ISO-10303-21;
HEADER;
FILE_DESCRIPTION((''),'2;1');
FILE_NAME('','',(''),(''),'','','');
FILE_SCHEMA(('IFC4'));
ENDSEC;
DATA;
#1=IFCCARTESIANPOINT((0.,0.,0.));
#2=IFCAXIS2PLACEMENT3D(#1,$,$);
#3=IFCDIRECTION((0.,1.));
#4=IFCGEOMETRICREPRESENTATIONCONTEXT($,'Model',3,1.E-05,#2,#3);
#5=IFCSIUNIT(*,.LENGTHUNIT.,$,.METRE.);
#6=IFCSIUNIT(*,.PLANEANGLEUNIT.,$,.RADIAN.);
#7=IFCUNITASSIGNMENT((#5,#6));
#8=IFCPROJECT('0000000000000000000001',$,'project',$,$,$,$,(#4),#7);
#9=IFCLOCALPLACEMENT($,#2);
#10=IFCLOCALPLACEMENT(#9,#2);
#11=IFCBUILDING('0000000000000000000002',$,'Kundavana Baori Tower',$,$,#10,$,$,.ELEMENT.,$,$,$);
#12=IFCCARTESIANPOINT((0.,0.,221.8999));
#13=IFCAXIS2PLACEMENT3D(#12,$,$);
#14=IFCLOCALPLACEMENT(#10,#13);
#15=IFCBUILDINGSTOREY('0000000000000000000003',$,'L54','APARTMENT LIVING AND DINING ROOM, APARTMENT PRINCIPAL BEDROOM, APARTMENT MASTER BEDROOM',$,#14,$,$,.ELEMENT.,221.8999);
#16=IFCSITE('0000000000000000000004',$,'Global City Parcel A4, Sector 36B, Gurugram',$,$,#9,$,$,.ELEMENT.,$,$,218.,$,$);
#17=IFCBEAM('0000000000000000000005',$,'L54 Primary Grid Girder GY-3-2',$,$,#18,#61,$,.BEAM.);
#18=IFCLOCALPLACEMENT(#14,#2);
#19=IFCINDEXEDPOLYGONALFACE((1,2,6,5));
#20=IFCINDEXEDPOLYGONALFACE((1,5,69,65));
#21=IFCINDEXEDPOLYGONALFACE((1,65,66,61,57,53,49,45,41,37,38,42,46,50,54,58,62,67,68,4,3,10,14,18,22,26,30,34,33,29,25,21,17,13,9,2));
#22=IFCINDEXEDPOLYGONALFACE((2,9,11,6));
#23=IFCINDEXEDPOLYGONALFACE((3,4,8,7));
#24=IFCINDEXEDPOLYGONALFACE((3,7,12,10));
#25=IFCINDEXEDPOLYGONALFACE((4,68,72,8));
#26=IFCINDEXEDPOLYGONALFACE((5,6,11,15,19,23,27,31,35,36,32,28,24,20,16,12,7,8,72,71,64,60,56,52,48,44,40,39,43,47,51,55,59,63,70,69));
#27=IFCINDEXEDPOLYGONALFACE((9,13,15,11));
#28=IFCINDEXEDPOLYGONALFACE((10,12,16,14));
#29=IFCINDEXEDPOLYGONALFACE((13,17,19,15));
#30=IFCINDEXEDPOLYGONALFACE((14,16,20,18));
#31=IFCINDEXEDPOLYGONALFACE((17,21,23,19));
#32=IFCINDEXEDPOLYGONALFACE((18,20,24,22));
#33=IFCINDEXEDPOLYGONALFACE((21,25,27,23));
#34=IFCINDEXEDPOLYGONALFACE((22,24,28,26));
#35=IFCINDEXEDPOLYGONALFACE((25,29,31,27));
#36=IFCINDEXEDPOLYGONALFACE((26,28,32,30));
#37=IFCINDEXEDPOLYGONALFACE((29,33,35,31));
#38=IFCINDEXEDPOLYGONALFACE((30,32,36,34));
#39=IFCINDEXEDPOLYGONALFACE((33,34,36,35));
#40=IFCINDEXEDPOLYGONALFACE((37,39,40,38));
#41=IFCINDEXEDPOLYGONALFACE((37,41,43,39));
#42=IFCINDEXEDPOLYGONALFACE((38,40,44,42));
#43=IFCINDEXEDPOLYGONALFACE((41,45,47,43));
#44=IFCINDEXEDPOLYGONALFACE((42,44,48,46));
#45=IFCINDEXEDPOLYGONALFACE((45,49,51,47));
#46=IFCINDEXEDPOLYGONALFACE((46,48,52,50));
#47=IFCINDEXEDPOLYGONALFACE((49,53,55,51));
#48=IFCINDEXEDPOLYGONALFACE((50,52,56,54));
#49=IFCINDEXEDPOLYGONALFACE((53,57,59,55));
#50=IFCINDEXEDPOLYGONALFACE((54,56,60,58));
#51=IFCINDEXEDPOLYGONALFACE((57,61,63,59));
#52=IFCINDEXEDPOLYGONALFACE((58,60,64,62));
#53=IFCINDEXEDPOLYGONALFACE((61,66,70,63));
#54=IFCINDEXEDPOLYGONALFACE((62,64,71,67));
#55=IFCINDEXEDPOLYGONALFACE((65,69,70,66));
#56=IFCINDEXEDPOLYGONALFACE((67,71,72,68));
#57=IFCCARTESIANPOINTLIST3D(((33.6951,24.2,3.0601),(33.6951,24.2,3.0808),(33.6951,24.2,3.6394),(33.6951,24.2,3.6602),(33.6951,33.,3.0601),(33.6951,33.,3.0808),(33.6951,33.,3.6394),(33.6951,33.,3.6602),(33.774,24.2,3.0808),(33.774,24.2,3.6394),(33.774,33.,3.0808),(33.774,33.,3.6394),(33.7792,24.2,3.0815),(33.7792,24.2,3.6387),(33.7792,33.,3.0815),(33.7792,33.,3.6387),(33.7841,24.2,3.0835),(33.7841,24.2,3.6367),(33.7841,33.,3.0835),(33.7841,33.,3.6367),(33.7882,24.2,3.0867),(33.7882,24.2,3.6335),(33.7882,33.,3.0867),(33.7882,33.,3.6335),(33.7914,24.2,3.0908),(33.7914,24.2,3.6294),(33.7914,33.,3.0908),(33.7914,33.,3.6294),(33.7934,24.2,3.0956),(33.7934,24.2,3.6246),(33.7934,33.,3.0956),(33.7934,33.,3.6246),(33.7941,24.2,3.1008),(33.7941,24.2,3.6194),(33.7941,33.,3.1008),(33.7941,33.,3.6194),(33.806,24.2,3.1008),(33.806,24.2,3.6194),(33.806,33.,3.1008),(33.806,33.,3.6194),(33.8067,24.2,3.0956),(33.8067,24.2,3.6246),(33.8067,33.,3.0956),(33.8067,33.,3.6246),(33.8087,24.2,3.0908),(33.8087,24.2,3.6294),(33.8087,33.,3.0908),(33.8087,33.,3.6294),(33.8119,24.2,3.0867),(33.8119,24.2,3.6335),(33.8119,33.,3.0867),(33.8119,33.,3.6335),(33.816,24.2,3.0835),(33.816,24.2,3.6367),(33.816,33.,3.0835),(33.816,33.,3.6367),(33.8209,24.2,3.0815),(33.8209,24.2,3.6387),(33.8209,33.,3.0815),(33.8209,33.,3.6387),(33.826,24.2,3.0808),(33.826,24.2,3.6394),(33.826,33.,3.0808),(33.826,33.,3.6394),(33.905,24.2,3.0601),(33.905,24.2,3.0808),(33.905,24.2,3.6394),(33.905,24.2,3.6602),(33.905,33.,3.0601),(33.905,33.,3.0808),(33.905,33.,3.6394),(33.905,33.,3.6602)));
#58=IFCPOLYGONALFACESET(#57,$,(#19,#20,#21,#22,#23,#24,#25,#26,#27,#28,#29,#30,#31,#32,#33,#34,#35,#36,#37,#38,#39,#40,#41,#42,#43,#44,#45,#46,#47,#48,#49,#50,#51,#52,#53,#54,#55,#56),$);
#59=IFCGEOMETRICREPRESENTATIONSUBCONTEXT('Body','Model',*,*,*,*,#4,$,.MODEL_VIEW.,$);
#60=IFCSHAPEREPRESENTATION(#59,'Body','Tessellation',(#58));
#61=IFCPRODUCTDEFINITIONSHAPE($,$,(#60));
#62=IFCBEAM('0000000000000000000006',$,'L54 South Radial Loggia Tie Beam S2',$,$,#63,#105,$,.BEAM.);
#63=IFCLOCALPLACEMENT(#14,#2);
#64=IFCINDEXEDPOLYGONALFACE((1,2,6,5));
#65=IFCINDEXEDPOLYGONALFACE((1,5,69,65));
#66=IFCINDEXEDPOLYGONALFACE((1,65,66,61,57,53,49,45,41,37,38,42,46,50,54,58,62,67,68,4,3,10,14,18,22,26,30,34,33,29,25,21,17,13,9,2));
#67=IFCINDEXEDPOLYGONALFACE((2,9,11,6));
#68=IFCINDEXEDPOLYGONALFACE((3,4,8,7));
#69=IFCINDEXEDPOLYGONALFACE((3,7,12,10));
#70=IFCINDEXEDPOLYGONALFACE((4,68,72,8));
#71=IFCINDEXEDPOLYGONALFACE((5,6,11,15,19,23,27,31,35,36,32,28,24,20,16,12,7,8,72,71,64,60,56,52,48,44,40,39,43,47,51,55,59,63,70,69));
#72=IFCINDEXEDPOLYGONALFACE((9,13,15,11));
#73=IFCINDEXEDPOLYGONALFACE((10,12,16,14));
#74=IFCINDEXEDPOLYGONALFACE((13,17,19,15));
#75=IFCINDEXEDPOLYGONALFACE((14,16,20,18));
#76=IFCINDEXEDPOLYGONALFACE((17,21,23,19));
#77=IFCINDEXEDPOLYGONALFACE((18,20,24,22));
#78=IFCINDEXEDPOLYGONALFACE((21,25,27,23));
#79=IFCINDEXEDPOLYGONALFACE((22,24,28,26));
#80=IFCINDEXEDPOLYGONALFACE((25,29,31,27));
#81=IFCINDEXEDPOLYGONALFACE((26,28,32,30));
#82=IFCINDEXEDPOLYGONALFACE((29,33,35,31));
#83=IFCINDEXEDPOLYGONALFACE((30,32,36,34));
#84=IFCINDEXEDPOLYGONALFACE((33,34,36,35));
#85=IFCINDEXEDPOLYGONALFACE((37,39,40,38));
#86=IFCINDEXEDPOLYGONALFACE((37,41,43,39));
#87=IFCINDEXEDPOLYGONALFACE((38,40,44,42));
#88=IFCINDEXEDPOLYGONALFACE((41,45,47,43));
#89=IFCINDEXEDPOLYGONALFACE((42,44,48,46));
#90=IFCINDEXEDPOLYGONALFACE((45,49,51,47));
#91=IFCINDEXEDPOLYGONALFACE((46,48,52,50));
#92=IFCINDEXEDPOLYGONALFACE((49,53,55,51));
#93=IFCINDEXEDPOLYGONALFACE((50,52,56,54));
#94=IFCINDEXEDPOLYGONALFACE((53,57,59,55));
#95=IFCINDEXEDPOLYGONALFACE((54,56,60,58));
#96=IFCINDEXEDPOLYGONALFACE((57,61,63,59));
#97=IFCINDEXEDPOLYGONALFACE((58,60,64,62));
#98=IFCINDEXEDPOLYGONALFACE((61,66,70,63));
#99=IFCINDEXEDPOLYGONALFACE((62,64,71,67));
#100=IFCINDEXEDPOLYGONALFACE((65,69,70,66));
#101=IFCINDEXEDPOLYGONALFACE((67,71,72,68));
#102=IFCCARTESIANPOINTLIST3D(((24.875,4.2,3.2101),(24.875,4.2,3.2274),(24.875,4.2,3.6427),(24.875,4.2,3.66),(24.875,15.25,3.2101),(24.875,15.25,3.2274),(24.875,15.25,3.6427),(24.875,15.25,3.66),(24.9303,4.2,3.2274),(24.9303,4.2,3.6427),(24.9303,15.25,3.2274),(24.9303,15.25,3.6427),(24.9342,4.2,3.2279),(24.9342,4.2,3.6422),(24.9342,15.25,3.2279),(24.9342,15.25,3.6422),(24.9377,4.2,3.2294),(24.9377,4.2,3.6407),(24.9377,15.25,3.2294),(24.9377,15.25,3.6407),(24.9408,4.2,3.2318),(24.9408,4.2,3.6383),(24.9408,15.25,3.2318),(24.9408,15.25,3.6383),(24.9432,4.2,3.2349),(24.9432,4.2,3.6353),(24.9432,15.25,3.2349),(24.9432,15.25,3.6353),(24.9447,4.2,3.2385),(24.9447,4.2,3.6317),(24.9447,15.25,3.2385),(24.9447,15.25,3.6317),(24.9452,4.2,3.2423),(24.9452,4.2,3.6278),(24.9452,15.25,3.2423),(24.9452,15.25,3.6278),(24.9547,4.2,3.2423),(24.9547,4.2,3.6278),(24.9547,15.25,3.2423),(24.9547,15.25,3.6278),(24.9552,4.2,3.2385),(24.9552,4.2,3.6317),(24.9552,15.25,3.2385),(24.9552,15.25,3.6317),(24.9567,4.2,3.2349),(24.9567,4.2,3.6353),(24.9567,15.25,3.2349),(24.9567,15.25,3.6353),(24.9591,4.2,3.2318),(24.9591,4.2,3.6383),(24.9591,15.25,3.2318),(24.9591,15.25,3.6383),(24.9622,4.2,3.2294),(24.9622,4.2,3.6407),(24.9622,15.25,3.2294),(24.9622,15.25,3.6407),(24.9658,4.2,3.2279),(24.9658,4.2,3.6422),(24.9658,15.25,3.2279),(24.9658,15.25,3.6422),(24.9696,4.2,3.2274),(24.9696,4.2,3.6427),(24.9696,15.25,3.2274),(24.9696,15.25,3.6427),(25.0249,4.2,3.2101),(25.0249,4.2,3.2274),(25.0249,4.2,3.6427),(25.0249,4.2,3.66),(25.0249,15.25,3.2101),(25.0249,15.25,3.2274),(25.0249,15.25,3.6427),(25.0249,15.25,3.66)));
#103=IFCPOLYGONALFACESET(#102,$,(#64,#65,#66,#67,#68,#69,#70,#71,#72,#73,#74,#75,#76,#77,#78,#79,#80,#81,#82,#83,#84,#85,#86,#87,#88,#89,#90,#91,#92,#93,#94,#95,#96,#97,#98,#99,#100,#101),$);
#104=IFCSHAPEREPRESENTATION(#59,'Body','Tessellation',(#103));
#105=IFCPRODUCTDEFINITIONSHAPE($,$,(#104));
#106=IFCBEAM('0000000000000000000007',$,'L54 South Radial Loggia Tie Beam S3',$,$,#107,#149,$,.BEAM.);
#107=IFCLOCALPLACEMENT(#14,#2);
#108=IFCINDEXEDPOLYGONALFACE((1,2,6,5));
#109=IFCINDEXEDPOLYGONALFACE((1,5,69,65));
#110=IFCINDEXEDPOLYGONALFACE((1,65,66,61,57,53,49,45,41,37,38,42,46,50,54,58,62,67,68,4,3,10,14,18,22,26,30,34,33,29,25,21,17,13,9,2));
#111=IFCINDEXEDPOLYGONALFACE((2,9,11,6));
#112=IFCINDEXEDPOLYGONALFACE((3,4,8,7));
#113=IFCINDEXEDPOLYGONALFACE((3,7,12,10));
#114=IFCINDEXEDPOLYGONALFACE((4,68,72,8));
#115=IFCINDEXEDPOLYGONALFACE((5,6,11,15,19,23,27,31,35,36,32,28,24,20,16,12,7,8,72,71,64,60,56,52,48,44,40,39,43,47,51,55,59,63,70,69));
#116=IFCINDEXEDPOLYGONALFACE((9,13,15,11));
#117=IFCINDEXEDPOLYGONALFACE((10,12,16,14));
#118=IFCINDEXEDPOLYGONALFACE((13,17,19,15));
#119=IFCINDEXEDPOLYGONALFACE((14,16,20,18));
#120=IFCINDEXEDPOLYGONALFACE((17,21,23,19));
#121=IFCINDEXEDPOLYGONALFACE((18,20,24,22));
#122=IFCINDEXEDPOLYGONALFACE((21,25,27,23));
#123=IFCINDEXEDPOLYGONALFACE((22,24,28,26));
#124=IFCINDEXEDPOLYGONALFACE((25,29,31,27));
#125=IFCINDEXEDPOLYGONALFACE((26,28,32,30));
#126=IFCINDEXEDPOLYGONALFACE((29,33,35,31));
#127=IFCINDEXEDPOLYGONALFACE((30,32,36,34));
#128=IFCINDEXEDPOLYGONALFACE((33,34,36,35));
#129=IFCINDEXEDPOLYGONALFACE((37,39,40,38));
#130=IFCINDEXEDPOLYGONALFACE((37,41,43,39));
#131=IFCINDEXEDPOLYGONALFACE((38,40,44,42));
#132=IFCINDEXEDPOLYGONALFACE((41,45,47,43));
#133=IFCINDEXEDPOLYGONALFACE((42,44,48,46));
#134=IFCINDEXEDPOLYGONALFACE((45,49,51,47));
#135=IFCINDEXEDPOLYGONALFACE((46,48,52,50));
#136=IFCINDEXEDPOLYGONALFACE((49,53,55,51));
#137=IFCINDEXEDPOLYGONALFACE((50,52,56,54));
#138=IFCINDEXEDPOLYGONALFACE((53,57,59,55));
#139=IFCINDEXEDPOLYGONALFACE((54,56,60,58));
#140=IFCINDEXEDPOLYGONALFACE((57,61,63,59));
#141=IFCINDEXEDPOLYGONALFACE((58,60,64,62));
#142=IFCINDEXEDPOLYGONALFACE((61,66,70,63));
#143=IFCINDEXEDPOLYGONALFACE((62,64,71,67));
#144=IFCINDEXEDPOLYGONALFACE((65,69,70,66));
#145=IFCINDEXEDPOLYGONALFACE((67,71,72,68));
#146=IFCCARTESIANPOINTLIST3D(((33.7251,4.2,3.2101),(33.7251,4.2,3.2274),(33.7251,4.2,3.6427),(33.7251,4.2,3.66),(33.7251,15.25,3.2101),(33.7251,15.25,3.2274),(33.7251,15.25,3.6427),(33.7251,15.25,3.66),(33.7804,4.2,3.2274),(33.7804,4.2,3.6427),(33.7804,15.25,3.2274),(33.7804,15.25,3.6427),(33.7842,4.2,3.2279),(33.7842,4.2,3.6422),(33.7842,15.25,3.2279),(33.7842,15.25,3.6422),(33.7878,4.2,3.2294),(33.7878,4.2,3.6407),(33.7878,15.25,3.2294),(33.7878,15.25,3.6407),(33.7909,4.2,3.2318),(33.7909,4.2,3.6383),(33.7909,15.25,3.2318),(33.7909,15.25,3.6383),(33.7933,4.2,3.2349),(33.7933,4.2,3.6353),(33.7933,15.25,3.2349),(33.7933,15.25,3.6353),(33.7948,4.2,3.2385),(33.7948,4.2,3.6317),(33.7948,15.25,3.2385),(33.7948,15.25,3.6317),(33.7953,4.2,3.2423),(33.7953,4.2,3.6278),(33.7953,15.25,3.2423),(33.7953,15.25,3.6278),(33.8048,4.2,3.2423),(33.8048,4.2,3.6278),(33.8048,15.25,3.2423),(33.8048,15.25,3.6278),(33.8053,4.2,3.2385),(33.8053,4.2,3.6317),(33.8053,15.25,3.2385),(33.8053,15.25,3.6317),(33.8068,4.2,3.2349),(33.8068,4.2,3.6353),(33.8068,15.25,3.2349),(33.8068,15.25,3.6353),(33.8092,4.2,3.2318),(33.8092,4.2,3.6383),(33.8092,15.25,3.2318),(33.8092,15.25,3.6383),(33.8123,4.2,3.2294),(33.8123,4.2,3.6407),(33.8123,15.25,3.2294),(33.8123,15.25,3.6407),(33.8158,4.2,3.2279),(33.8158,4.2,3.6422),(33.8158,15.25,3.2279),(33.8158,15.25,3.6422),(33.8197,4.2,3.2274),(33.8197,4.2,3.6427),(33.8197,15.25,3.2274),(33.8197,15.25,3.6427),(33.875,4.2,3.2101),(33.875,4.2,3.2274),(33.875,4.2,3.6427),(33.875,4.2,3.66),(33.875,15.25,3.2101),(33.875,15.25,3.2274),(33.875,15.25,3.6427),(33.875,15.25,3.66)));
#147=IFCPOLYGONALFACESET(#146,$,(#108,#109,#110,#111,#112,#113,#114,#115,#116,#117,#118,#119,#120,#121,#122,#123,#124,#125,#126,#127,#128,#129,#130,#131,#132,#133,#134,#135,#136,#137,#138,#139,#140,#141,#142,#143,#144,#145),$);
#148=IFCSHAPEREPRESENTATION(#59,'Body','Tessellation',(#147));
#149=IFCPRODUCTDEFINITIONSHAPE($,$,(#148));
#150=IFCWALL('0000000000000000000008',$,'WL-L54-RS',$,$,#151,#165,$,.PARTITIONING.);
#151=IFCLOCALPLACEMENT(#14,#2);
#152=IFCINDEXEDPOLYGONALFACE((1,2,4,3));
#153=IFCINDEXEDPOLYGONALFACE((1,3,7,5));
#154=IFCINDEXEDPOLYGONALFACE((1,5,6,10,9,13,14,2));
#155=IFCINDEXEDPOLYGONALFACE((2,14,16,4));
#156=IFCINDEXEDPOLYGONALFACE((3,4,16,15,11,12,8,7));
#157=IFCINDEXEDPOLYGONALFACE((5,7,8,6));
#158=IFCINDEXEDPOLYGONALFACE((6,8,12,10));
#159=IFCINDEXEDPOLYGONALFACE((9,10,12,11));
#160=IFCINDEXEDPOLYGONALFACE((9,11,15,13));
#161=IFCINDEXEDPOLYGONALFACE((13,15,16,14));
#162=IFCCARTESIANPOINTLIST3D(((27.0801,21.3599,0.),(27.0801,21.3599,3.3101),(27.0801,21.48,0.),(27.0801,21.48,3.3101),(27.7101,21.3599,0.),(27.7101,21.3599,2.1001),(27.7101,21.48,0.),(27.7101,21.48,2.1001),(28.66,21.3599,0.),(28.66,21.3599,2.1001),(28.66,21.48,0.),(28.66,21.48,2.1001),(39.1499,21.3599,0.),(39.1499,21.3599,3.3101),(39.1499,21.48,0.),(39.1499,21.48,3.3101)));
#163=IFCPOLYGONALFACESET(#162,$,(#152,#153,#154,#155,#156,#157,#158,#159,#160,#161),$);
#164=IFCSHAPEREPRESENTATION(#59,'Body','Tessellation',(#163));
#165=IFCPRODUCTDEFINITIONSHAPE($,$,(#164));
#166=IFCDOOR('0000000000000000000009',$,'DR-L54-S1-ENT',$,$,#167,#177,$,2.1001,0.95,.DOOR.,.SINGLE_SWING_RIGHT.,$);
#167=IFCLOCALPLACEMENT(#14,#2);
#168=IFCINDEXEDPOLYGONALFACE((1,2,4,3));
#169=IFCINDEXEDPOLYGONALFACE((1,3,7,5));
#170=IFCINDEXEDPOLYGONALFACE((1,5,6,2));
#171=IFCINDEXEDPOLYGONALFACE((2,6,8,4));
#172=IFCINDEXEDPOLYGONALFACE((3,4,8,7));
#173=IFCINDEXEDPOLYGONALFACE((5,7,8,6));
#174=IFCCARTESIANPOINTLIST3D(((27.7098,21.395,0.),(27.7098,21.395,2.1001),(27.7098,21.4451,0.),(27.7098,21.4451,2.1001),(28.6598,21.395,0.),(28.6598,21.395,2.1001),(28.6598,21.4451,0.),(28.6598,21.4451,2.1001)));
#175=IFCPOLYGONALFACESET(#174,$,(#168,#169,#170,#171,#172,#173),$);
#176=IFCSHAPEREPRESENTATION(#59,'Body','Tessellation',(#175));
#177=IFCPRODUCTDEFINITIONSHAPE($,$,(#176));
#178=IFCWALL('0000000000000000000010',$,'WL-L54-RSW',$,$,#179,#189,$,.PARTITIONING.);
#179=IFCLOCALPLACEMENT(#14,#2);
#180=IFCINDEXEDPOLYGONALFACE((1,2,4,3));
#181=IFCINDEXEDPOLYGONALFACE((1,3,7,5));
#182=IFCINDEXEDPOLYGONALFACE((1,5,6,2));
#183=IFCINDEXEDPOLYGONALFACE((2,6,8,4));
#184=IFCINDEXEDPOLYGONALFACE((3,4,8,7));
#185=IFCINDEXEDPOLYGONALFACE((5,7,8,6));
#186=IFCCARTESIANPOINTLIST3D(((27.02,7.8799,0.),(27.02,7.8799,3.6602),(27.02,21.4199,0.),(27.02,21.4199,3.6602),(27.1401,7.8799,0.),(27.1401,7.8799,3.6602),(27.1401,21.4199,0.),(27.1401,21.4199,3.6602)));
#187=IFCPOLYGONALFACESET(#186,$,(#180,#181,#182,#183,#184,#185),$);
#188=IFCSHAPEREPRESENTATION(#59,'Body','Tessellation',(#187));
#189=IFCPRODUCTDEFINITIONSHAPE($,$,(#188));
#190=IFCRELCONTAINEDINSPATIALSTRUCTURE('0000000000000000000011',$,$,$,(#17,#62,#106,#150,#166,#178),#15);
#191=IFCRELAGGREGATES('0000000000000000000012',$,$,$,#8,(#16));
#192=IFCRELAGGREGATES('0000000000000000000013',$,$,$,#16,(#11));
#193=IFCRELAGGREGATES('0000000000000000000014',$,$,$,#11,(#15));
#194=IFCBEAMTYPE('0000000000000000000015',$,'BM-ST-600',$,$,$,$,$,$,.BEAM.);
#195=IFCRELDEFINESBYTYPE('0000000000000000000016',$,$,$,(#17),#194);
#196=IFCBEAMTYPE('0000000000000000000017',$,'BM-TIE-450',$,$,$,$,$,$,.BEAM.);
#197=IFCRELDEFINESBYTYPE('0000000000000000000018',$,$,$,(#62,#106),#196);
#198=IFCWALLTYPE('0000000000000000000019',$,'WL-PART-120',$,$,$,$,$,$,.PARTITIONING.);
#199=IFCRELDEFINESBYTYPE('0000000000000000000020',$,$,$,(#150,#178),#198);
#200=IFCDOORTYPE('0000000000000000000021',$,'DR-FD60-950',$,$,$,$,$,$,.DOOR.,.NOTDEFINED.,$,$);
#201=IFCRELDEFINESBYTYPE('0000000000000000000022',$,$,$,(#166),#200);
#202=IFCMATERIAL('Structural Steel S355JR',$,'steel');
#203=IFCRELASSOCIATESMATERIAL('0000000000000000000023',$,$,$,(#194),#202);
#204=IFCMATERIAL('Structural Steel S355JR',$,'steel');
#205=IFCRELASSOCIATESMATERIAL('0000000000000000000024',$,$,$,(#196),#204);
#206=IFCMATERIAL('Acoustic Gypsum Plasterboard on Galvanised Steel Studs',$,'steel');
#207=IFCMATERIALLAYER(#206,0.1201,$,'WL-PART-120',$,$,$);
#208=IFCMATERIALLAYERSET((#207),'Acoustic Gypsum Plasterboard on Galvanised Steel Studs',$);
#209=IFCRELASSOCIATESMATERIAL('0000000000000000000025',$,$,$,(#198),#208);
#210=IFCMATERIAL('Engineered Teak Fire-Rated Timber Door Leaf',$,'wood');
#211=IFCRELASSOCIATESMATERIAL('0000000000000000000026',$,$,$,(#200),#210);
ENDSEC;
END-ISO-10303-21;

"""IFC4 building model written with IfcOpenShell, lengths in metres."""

from ifc_helpers import new_model, si_unit, direction, frame, frame_2d, origin, origin_2d, place, context, subcontext, project, spatial, rectangle, i_section, extrude, material, layer, layer_set, material_profile, profile_set, type_object, element, fill, save


model = new_model("IFC4")

# Units and contexts
model_context = context("Model", 3, precision=1e-05, world=origin(), true_north=direction((0.0, 1.0)))
body_context = subcontext(model_context, "Body", "Model", "MODEL_VIEW")
ifc_project = project(units=[si_unit("LENGTHUNIT", "METRE"), si_unit("PLANEANGLEUNIT", "RADIAN")], contexts=[model_context])

# Site, building, storey
site_placement = place(None, origin())
site = spatial("IfcSite", under=ifc_project, at=site_placement, Name="Global City Parcel A4, Sector 36B, Gurugram", CompositionType="ELEMENT", RefElevation=218.0)
building_placement = place(site_placement, origin())
building = spatial("IfcBuilding", under=site, at=building_placement, Name="Kundavana Baori Tower", CompositionType="ELEMENT")
storey_placement = place(building_placement, frame((0.0, 0.0, 221.8999)))
storey = spatial("IfcBuildingStorey", under=building, at=storey_placement, Name="L54", Description="APARTMENT LIVING AND DINING ROOM, APARTMENT PRINCIPAL BEDROOM, APARTMENT MASTER BEDROOM", CompositionType="ELEMENT", Elevation=221.8999)

# Beams
ifc_material_1 = material(Name="Structural Steel S355JR", Category="steel")
ifc_material_profile_1 = material_profile(ifc_material_1, i_section(OverallWidth=0.21, OverallDepth=0.6001, WebThickness=0.012, FlangeThickness=0.0208, FilletRadius=0.02, at=origin_2d()), Name="ISMB 600")
ifc_profile_set_1 = profile_set([ifc_material_profile_1], Name="Structural Steel S355JR")
beam_type_1 = type_object("IfcBeamType", Name="BM-ST-600", PredefinedType="BEAM", material=ifc_profile_set_1)
beam_1_placement = place(storey_placement, frame((33.8, 24.2, 3.3601), z_axis=(0.0, 1.0, 0.0), x_axis=(-1.0, 0.0, 0.0)))
element("IfcBeam", 1, at=beam_1_placement, inside=storey, type_object=beam_type_1, Name="L54 Primary Grid Girder GY-3-2", PredefinedType="BEAM", context=body_context, shape_type="SweptSolid", body=[
    extrude(i_section(OverallWidth=0.21, OverallDepth=0.6001, WebThickness=0.012, FlangeThickness=0.0208, FilletRadius=0.02, at=origin_2d()), origin(), (0.0, 0.0, 1.0), 8.8),
])
ifc_material_2 = material(Name="Structural Steel S355JR", Category="steel")
ifc_material_profile_2 = material_profile(ifc_material_2, i_section(OverallWidth=0.1499, OverallDepth=0.45, WebThickness=0.0095, FlangeThickness=0.0173, FilletRadius=0.0149, at=origin_2d()), Name="ISMB 450")
ifc_profile_set_2 = profile_set([ifc_material_profile_2], Name="Structural Steel S355JR")
beam_type_2 = type_object("IfcBeamType", Name="BM-TIE-450", PredefinedType="BEAM", material=ifc_profile_set_2)
for number, where, z_axis, x_axis, name in (
    (2, (24.95, 15.25, 3.4351), (0.0, -1.0, 0.0), (1.0, 0.0, 0.0), "L54 South Radial Loggia Tie Beam S2"),
    (3, (33.8, 15.25, 3.4351), (0.0, -1.0, 0.0), (1.0, 0.0, 0.0), "L54 South Radial Loggia Tie Beam S3"),
):
    element("IfcBeam", number, at=place(storey_placement, frame(where, z_axis=z_axis, x_axis=x_axis)), inside=storey, type_object=beam_type_2, Name=name, PredefinedType="BEAM", context=body_context, shape_type="SweptSolid", body=[
        extrude(i_section(OverallWidth=0.1499, OverallDepth=0.45, WebThickness=0.0095, FlangeThickness=0.0173, FilletRadius=0.0149, at=origin_2d()), origin(), (0.0, 0.0, 1.0), 11.05),
    ])

# Wall, opening, door
ifc_material_3 = material(Name="Acoustic Gypsum Plasterboard on Galvanised Steel Studs", Category="steel")
ifc_layer = layer(ifc_material_3, 0.1201, Name="WL-PART-120")
ifc_layer_set = layer_set([ifc_layer], Name="Acoustic Gypsum Plasterboard on Galvanised Steel Studs")
wall_type = type_object("IfcWallType", Name="WL-PART-120", PredefinedType="PARTITIONING", material=ifc_layer_set)
wall_1_placement = place(storey_placement, frame((27.0801, 21.4199, 0.0), z_axis=(0.0, 0.0, 1.0), x_axis=(1.0, 0.0, 0.0)))
wall_1 = element("IfcWall", 4, at=wall_1_placement, inside=storey, type_object=wall_type, Name="WL-L54-RS", PredefinedType="PARTITIONING", context=body_context, shape_type="SweptSolid", body=[
    extrude(rectangle(XDim=12.0698, YDim=0.1201, at=frame_2d((6.0349, 0.0))), origin(), (0.0, 0.0, 1.0), 3.3101),
])
opening_1_placement = place(wall_1_placement, frame((0.6299, 0.0, 0.0)))
opening_1 = element("IfcOpeningElement", 5, at=opening_1_placement, cuts=wall_1, PredefinedType="OPENING", context=body_context, shape_type="SweptSolid", body=[
    extrude(rectangle(XDim=0.95, YDim=2.1001, at=frame_2d((0.4751, 1.05))), frame((0.0, 0.0701, 0.0), z_axis=(0.0, -1.0, 0.0), x_axis=(1.0, 0.0, 0.0)), (0.0, 0.0, 1.0), 0.1401),
])
ifc_material_4 = material(Name="Engineered Teak Fire-Rated Timber Door Leaf", Category="wood")
door_type_1 = type_object("IfcDoorType", Name="DR-FD60-950", OperationType="NOTDEFINED", PredefinedType="DOOR", material=ifc_material_4)
door_1_placement = place(opening_1_placement, frame((0.95, 0.0, 0.0), z_axis=(0.0, 0.0, 1.0), x_axis=(-1.0, 0.0, 0.0)))
door_1 = element("IfcDoor", 6, at=door_1_placement, inside=storey, type_object=door_type_1, Name="DR-L54-S1-ENT", OperationType="SINGLE_SWING_RIGHT", OverallHeight=2.1001, OverallWidth=0.95, PredefinedType="DOOR", context=body_context, shape_type="SweptSolid", body=[
    extrude(rectangle(XDim=0.95, YDim=2.1001, at=frame_2d((0.4751, 1.05))), frame((0.0, 0.0249, 0.0), z_axis=(0.0, -1.0, 0.0), x_axis=(1.0, 0.0, 0.0)), (0.0, 0.0, 1.0), 0.05),
])
fill(opening_1, door_1)

# Wall
wall_2_placement = place(storey_placement, frame((27.0801, 7.8799, 0.0), z_axis=(0.0, 0.0, 1.0), x_axis=(0.0, 1.0, 0.0)))
element("IfcWall", 7, at=wall_2_placement, inside=storey, type_object=wall_type, Name="WL-L54-RSW", PredefinedType="PARTITIONING", context=body_context, shape_type="SweptSolid", body=[
    extrude(rectangle(XDim=13.54, YDim=0.1201, at=frame_2d((6.77, 0.0))), origin(), (0.0, 0.0, 1.0), 3.6602),
])

save(model, "model.ifc")
